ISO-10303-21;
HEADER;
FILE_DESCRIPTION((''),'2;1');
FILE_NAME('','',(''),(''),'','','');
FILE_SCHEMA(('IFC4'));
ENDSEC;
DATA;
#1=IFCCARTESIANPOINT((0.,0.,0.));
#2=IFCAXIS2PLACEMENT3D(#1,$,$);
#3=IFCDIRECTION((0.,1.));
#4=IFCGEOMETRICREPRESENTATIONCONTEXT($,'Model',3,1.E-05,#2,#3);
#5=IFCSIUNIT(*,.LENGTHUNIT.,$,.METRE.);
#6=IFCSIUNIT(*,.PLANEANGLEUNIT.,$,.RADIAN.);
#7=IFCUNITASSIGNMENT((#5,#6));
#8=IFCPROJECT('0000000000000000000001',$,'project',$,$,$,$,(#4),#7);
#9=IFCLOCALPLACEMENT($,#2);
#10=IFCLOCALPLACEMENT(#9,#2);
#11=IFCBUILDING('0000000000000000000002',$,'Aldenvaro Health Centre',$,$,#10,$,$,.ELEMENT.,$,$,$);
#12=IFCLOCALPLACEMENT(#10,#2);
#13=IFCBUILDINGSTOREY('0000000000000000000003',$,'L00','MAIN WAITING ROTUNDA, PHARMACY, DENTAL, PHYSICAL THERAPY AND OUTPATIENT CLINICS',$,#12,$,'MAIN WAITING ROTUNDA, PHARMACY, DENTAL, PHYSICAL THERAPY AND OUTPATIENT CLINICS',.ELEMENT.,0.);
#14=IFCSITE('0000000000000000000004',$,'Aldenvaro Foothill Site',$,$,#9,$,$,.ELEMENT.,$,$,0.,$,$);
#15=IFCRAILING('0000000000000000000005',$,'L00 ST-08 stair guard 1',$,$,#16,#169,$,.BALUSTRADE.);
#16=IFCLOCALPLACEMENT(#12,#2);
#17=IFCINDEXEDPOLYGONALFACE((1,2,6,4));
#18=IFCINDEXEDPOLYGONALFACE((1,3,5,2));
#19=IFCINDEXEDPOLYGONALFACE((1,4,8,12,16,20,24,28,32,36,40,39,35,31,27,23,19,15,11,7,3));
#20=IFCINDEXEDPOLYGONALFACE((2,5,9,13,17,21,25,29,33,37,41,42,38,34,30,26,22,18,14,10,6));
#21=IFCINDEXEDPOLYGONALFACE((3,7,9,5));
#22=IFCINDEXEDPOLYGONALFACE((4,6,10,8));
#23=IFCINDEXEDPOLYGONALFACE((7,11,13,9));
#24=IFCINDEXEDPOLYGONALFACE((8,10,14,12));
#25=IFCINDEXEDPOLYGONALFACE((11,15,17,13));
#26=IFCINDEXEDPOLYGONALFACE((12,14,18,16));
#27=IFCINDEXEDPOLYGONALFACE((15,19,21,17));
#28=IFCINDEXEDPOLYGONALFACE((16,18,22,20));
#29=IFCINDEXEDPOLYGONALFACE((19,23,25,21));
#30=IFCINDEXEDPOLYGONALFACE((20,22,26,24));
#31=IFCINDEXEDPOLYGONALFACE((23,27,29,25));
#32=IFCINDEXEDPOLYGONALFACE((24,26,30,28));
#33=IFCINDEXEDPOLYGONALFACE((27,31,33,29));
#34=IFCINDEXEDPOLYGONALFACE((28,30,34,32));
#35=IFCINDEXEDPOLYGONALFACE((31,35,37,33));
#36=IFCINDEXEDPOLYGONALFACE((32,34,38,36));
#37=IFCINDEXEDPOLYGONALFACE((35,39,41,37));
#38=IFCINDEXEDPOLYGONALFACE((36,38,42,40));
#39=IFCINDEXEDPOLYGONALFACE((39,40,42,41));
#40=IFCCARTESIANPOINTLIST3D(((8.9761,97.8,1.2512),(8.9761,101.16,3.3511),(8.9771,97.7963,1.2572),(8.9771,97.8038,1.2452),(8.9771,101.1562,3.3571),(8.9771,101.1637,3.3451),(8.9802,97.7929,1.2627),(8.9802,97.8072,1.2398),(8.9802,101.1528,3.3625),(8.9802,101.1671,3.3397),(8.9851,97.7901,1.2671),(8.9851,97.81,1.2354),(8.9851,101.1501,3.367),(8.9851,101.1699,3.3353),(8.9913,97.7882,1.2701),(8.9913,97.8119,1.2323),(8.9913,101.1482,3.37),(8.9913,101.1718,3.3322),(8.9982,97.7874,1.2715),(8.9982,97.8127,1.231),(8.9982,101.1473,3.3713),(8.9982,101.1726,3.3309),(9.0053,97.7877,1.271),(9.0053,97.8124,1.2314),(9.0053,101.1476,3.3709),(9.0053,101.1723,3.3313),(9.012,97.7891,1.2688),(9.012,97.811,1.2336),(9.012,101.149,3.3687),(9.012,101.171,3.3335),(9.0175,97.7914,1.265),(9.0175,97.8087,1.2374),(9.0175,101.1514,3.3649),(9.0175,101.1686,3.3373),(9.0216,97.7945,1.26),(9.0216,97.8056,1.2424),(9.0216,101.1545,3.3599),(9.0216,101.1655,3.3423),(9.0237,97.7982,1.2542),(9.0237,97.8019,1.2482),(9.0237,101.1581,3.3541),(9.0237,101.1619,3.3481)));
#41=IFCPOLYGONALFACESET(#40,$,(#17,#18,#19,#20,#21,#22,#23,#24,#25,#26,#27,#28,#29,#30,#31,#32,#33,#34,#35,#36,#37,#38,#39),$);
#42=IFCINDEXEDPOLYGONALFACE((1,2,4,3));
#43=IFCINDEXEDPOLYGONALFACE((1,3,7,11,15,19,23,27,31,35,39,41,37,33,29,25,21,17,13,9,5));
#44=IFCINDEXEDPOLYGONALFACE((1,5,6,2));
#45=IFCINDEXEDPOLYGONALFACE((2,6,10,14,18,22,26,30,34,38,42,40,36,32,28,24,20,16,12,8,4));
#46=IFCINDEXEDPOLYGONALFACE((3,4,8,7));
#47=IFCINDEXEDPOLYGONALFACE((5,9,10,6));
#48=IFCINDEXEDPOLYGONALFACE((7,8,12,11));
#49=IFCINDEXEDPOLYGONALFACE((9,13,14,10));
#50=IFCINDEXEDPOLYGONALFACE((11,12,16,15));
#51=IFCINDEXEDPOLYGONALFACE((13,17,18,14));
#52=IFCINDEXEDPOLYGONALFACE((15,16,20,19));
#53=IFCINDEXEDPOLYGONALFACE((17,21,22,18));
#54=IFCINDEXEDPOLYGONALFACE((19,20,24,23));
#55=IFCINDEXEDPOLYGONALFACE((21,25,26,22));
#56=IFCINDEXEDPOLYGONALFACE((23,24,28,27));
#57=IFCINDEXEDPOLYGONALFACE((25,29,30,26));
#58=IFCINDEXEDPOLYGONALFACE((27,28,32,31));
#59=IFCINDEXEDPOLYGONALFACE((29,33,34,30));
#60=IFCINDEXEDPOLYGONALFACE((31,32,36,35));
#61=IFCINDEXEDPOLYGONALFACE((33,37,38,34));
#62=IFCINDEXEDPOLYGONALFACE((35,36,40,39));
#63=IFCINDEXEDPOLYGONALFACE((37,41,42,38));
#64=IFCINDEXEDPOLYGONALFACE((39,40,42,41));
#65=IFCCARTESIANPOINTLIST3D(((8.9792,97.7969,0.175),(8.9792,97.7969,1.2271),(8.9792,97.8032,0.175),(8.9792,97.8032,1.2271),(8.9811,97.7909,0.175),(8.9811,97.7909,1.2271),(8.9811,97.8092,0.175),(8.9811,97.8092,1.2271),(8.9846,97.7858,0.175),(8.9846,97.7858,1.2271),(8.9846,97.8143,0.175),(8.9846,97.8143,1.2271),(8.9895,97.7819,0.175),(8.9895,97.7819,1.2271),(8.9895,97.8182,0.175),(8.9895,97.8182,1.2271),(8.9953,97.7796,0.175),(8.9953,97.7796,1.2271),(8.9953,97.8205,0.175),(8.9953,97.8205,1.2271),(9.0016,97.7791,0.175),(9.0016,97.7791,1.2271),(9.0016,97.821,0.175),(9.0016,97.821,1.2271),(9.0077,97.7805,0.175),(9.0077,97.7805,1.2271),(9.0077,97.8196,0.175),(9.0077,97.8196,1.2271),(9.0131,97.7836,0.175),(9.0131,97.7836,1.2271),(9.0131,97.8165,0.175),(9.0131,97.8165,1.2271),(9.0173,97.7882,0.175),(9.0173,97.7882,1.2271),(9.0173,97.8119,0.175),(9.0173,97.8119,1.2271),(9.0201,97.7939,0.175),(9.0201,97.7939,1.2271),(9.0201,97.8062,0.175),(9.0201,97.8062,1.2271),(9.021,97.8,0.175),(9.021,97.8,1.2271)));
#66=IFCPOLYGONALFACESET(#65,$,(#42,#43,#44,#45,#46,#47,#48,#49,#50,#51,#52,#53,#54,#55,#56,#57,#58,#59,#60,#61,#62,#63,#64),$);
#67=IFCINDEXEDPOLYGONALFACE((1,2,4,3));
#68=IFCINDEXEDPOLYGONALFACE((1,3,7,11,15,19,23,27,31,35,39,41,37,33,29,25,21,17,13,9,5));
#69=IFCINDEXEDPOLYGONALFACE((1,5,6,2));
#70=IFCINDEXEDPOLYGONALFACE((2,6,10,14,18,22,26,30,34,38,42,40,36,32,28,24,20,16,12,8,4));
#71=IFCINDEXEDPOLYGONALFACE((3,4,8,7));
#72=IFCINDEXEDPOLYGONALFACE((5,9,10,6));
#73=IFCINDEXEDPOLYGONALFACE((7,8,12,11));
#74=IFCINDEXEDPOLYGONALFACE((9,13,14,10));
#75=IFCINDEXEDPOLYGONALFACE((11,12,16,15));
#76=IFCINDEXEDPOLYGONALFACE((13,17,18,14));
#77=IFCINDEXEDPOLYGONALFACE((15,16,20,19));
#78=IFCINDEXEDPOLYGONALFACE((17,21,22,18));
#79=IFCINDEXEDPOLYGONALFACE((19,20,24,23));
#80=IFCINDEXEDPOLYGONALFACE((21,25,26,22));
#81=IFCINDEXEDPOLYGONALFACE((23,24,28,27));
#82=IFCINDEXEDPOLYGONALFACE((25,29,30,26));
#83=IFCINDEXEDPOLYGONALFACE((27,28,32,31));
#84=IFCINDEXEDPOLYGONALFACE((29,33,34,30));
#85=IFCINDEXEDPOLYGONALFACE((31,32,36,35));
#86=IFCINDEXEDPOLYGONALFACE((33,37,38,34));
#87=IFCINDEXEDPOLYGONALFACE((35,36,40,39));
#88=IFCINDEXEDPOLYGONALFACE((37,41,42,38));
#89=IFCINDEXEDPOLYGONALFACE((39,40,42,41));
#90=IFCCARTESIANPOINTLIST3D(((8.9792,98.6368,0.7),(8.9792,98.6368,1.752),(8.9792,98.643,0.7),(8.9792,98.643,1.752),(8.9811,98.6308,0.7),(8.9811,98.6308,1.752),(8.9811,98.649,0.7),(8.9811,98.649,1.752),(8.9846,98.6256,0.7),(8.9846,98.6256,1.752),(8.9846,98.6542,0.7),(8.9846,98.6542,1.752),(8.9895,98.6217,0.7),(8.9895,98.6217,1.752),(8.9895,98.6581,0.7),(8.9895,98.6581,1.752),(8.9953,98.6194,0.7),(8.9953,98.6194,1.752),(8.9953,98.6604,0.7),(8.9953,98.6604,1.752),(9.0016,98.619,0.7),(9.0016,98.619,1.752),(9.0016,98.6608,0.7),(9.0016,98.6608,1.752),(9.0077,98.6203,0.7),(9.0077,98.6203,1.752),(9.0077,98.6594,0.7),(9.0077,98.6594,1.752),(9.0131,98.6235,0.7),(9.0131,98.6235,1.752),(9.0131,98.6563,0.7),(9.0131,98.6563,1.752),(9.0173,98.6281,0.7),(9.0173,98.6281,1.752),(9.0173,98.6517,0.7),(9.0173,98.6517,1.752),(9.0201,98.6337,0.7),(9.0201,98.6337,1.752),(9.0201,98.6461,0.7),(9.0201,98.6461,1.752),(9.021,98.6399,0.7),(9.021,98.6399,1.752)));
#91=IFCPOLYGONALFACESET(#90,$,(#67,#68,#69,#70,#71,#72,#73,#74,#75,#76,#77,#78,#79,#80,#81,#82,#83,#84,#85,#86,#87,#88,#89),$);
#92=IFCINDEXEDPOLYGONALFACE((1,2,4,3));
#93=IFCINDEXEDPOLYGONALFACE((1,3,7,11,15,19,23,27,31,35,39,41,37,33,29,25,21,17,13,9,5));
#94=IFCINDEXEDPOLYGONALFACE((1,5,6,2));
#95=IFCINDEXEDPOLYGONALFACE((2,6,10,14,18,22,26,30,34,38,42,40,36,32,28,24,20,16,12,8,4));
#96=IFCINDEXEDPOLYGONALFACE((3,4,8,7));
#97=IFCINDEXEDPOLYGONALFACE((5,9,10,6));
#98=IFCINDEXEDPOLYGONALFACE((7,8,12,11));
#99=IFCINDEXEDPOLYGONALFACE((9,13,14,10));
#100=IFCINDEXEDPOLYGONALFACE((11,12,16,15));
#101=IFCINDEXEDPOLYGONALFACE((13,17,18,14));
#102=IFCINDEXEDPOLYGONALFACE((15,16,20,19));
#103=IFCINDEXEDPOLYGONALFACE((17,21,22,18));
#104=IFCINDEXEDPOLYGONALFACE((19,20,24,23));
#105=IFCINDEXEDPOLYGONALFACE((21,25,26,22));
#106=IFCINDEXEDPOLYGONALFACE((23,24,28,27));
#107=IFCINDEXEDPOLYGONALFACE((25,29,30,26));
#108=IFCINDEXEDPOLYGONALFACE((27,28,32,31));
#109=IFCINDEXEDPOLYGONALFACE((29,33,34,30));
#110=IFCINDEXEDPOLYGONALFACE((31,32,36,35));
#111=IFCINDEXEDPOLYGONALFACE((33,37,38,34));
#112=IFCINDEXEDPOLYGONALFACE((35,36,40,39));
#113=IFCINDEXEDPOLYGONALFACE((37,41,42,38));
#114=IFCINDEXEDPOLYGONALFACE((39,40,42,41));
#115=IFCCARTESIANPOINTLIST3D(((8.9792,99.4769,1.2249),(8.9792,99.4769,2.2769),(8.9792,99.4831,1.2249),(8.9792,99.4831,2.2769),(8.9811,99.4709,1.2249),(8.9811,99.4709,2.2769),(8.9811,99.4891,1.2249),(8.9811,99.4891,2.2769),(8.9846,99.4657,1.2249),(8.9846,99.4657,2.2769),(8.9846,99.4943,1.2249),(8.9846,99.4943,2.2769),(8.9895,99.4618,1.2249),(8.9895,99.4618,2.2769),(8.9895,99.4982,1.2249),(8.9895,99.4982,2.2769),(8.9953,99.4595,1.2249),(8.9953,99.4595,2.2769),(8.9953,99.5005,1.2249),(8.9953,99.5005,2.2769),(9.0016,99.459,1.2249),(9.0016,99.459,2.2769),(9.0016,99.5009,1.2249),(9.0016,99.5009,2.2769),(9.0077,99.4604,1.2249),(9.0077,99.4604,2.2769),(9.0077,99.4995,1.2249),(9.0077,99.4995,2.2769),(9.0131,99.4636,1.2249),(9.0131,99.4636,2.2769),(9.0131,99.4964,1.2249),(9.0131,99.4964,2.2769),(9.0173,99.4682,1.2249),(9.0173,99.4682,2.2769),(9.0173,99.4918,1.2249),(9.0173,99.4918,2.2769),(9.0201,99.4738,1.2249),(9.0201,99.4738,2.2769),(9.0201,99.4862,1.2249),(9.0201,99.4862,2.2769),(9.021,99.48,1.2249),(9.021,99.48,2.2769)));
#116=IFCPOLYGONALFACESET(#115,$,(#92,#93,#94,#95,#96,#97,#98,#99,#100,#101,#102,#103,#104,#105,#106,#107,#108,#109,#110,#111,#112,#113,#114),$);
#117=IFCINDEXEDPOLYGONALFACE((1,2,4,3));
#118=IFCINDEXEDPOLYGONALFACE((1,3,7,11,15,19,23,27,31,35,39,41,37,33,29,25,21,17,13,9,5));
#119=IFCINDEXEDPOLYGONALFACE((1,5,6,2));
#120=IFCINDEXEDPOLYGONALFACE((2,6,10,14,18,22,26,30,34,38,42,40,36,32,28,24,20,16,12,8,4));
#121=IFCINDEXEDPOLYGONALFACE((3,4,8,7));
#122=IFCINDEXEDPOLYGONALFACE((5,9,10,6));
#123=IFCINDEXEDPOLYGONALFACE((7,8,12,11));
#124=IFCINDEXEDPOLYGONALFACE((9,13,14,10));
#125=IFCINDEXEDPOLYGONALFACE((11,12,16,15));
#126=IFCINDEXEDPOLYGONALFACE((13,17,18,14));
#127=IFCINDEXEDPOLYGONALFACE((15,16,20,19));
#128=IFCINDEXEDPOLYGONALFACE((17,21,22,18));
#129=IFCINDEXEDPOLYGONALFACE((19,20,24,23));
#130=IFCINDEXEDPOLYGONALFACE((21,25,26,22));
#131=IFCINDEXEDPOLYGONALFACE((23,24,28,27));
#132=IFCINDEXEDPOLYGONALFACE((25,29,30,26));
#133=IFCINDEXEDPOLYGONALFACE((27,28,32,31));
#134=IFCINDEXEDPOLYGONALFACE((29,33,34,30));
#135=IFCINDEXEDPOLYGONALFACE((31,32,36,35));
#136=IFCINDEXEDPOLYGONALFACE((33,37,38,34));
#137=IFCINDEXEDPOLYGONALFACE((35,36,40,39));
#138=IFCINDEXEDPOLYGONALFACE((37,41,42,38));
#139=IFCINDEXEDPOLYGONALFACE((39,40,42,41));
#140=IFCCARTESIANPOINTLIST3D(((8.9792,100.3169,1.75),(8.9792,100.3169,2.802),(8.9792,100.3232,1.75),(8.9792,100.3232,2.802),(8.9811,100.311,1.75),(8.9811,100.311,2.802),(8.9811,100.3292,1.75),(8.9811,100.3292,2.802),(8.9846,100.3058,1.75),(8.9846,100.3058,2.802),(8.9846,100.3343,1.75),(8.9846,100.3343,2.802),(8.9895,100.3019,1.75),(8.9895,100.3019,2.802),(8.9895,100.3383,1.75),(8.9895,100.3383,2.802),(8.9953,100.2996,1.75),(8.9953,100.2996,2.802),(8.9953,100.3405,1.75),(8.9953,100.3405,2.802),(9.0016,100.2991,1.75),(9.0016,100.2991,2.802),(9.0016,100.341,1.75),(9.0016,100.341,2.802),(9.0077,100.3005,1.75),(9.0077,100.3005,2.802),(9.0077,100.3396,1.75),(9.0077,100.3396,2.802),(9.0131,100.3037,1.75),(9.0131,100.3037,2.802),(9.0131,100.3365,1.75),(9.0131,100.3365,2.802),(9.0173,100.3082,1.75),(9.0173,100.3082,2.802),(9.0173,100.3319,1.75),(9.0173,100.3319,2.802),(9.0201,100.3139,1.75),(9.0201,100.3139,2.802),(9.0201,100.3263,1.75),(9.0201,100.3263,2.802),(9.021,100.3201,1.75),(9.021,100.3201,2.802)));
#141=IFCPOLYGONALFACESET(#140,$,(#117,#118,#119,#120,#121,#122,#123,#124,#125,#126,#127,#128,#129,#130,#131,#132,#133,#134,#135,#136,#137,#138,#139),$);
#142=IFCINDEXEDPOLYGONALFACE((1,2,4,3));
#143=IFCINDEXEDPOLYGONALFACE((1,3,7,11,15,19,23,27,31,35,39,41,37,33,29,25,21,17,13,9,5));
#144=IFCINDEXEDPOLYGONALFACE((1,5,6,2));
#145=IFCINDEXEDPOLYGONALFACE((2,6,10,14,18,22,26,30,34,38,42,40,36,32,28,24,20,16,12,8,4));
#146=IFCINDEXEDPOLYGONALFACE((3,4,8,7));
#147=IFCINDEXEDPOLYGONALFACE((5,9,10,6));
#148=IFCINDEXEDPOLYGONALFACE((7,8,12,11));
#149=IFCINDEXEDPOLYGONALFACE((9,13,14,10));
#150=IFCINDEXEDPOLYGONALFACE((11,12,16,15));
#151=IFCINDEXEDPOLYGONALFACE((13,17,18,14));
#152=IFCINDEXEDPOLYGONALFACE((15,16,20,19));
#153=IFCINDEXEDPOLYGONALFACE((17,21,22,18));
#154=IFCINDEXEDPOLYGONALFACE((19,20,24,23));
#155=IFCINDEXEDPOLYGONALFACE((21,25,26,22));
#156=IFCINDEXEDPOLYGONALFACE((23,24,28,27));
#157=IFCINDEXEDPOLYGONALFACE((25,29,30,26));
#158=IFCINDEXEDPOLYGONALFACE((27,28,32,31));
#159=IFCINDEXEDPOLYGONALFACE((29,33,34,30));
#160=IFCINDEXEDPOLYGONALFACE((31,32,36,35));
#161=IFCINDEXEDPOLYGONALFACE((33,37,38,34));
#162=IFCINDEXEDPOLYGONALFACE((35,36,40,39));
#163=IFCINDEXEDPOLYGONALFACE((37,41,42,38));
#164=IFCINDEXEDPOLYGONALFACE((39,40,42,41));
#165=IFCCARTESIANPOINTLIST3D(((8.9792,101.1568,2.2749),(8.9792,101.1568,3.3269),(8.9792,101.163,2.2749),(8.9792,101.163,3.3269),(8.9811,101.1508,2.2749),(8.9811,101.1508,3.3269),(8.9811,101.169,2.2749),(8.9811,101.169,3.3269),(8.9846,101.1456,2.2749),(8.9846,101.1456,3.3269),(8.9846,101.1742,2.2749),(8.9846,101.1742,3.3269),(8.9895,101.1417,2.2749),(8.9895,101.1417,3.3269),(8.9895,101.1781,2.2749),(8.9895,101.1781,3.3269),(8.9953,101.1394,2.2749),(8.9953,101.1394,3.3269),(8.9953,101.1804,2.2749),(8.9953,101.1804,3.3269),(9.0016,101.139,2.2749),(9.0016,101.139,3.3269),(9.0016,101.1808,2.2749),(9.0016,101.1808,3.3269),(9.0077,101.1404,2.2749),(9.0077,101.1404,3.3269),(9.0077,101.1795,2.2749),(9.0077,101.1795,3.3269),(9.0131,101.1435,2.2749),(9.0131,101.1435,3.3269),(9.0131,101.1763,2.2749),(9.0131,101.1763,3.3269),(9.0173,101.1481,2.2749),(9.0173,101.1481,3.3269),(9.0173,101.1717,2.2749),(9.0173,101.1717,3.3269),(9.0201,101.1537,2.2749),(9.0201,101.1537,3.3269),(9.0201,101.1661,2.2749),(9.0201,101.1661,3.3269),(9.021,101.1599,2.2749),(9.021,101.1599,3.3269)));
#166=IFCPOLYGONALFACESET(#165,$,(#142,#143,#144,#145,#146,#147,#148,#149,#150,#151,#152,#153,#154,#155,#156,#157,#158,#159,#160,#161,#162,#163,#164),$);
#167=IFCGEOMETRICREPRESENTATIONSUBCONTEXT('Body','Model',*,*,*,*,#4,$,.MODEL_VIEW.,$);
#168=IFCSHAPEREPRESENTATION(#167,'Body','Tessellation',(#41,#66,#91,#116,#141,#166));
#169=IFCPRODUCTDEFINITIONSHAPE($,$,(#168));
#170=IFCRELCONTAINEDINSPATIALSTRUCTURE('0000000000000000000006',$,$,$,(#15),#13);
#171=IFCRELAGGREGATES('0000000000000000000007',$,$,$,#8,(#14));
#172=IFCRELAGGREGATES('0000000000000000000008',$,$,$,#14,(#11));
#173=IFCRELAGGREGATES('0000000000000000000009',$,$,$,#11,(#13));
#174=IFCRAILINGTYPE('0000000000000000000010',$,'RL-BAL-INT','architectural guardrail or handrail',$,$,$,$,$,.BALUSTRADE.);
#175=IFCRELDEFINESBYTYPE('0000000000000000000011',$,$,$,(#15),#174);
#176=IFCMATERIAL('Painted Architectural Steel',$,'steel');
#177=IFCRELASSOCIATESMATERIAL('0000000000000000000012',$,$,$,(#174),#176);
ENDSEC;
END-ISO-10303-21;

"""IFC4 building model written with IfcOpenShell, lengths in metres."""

from ifc_helpers import new_model, si_unit, direction, frame, origin, origin_2d, place, context, subcontext, project, spatial, circle, extrude, material, type_object, element, save


model = new_model("IFC4")

# Units and contexts
model_context = context("Model", 3, precision=1e-05, world=origin(), true_north=direction((0.0, 1.0)))
body_context = subcontext(model_context, "Body", "Model", "MODEL_VIEW")
ifc_project = project(units=[si_unit("LENGTHUNIT", "METRE"), si_unit("PLANEANGLEUNIT", "RADIAN")], contexts=[model_context])

# Site, building, storey
site_placement = place(None, origin())
site = spatial("IfcSite", under=ifc_project, at=site_placement, Name="Aldenvaro Foothill Site", CompositionType="ELEMENT", RefElevation=0.0)
building_placement = place(site_placement, origin())
building = spatial("IfcBuilding", under=site, at=building_placement, Name="Aldenvaro Health Centre", CompositionType="ELEMENT")
storey_placement = place(building_placement, origin())
storey = spatial("IfcBuildingStorey", under=building, at=storey_placement, Name="L00", Description="MAIN WAITING ROTUNDA, PHARMACY, DENTAL, PHYSICAL THERAPY AND OUTPATIENT CLINICS", LongName="MAIN WAITING ROTUNDA, PHARMACY, DENTAL, PHYSICAL THERAPY AND OUTPATIENT CLINICS", CompositionType="ELEMENT", Elevation=0.0)

# Railing
ifc_material_1 = material(Name="Painted Architectural Steel", Category="steel")
railing_type = type_object("IfcRailingType", Name="RL-BAL-INT", Description="architectural guardrail or handrail", PredefinedType="BALUSTRADE", material=ifc_material_1)
railing_1_placement = place(storey_placement, frame((9.0, 97.8, 0.175)))
element("IfcRailing", 1, at=railing_1_placement, inside=storey, type_object=railing_type, Name="L00 ST-08 stair guard 1", PredefinedType="BALUSTRADE", context=body_context, shape_type="SweptSolid", body=[
    extrude(circle(Radius=0.0239, at=origin_2d()), frame((0.0, 0.0, 1.0762), z_axis=(0.0, 0.848005, 0.529988), x_axis=(-1.0, 0.0, 0.0)), (0.0, 0.0, 1.0), 3.9622),
    extrude(circle(Radius=0.021, at=origin_2d()), origin(), (0.0, 0.0, 1.0), 1.052),
    extrude(circle(Radius=0.021, at=origin_2d()), frame((0.0, 0.8398, 0.5249)), (0.0, 0.0, 1.0), 1.052),
    extrude(circle(Radius=0.021, at=origin_2d()), frame((0.0, 1.6799, 1.0498)), (0.0, 0.0, 1.0), 1.052),
    extrude(circle(Radius=0.021, at=origin_2d()), frame((0.0, 2.52, 1.575)), (0.0, 0.0, 1.0), 1.052),
    extrude(circle(Radius=0.021, at=origin_2d()), frame((0.0, 3.3599, 2.0999)), (0.0, 0.0, 1.0), 1.052),
])

save(model, "model.ifc")
